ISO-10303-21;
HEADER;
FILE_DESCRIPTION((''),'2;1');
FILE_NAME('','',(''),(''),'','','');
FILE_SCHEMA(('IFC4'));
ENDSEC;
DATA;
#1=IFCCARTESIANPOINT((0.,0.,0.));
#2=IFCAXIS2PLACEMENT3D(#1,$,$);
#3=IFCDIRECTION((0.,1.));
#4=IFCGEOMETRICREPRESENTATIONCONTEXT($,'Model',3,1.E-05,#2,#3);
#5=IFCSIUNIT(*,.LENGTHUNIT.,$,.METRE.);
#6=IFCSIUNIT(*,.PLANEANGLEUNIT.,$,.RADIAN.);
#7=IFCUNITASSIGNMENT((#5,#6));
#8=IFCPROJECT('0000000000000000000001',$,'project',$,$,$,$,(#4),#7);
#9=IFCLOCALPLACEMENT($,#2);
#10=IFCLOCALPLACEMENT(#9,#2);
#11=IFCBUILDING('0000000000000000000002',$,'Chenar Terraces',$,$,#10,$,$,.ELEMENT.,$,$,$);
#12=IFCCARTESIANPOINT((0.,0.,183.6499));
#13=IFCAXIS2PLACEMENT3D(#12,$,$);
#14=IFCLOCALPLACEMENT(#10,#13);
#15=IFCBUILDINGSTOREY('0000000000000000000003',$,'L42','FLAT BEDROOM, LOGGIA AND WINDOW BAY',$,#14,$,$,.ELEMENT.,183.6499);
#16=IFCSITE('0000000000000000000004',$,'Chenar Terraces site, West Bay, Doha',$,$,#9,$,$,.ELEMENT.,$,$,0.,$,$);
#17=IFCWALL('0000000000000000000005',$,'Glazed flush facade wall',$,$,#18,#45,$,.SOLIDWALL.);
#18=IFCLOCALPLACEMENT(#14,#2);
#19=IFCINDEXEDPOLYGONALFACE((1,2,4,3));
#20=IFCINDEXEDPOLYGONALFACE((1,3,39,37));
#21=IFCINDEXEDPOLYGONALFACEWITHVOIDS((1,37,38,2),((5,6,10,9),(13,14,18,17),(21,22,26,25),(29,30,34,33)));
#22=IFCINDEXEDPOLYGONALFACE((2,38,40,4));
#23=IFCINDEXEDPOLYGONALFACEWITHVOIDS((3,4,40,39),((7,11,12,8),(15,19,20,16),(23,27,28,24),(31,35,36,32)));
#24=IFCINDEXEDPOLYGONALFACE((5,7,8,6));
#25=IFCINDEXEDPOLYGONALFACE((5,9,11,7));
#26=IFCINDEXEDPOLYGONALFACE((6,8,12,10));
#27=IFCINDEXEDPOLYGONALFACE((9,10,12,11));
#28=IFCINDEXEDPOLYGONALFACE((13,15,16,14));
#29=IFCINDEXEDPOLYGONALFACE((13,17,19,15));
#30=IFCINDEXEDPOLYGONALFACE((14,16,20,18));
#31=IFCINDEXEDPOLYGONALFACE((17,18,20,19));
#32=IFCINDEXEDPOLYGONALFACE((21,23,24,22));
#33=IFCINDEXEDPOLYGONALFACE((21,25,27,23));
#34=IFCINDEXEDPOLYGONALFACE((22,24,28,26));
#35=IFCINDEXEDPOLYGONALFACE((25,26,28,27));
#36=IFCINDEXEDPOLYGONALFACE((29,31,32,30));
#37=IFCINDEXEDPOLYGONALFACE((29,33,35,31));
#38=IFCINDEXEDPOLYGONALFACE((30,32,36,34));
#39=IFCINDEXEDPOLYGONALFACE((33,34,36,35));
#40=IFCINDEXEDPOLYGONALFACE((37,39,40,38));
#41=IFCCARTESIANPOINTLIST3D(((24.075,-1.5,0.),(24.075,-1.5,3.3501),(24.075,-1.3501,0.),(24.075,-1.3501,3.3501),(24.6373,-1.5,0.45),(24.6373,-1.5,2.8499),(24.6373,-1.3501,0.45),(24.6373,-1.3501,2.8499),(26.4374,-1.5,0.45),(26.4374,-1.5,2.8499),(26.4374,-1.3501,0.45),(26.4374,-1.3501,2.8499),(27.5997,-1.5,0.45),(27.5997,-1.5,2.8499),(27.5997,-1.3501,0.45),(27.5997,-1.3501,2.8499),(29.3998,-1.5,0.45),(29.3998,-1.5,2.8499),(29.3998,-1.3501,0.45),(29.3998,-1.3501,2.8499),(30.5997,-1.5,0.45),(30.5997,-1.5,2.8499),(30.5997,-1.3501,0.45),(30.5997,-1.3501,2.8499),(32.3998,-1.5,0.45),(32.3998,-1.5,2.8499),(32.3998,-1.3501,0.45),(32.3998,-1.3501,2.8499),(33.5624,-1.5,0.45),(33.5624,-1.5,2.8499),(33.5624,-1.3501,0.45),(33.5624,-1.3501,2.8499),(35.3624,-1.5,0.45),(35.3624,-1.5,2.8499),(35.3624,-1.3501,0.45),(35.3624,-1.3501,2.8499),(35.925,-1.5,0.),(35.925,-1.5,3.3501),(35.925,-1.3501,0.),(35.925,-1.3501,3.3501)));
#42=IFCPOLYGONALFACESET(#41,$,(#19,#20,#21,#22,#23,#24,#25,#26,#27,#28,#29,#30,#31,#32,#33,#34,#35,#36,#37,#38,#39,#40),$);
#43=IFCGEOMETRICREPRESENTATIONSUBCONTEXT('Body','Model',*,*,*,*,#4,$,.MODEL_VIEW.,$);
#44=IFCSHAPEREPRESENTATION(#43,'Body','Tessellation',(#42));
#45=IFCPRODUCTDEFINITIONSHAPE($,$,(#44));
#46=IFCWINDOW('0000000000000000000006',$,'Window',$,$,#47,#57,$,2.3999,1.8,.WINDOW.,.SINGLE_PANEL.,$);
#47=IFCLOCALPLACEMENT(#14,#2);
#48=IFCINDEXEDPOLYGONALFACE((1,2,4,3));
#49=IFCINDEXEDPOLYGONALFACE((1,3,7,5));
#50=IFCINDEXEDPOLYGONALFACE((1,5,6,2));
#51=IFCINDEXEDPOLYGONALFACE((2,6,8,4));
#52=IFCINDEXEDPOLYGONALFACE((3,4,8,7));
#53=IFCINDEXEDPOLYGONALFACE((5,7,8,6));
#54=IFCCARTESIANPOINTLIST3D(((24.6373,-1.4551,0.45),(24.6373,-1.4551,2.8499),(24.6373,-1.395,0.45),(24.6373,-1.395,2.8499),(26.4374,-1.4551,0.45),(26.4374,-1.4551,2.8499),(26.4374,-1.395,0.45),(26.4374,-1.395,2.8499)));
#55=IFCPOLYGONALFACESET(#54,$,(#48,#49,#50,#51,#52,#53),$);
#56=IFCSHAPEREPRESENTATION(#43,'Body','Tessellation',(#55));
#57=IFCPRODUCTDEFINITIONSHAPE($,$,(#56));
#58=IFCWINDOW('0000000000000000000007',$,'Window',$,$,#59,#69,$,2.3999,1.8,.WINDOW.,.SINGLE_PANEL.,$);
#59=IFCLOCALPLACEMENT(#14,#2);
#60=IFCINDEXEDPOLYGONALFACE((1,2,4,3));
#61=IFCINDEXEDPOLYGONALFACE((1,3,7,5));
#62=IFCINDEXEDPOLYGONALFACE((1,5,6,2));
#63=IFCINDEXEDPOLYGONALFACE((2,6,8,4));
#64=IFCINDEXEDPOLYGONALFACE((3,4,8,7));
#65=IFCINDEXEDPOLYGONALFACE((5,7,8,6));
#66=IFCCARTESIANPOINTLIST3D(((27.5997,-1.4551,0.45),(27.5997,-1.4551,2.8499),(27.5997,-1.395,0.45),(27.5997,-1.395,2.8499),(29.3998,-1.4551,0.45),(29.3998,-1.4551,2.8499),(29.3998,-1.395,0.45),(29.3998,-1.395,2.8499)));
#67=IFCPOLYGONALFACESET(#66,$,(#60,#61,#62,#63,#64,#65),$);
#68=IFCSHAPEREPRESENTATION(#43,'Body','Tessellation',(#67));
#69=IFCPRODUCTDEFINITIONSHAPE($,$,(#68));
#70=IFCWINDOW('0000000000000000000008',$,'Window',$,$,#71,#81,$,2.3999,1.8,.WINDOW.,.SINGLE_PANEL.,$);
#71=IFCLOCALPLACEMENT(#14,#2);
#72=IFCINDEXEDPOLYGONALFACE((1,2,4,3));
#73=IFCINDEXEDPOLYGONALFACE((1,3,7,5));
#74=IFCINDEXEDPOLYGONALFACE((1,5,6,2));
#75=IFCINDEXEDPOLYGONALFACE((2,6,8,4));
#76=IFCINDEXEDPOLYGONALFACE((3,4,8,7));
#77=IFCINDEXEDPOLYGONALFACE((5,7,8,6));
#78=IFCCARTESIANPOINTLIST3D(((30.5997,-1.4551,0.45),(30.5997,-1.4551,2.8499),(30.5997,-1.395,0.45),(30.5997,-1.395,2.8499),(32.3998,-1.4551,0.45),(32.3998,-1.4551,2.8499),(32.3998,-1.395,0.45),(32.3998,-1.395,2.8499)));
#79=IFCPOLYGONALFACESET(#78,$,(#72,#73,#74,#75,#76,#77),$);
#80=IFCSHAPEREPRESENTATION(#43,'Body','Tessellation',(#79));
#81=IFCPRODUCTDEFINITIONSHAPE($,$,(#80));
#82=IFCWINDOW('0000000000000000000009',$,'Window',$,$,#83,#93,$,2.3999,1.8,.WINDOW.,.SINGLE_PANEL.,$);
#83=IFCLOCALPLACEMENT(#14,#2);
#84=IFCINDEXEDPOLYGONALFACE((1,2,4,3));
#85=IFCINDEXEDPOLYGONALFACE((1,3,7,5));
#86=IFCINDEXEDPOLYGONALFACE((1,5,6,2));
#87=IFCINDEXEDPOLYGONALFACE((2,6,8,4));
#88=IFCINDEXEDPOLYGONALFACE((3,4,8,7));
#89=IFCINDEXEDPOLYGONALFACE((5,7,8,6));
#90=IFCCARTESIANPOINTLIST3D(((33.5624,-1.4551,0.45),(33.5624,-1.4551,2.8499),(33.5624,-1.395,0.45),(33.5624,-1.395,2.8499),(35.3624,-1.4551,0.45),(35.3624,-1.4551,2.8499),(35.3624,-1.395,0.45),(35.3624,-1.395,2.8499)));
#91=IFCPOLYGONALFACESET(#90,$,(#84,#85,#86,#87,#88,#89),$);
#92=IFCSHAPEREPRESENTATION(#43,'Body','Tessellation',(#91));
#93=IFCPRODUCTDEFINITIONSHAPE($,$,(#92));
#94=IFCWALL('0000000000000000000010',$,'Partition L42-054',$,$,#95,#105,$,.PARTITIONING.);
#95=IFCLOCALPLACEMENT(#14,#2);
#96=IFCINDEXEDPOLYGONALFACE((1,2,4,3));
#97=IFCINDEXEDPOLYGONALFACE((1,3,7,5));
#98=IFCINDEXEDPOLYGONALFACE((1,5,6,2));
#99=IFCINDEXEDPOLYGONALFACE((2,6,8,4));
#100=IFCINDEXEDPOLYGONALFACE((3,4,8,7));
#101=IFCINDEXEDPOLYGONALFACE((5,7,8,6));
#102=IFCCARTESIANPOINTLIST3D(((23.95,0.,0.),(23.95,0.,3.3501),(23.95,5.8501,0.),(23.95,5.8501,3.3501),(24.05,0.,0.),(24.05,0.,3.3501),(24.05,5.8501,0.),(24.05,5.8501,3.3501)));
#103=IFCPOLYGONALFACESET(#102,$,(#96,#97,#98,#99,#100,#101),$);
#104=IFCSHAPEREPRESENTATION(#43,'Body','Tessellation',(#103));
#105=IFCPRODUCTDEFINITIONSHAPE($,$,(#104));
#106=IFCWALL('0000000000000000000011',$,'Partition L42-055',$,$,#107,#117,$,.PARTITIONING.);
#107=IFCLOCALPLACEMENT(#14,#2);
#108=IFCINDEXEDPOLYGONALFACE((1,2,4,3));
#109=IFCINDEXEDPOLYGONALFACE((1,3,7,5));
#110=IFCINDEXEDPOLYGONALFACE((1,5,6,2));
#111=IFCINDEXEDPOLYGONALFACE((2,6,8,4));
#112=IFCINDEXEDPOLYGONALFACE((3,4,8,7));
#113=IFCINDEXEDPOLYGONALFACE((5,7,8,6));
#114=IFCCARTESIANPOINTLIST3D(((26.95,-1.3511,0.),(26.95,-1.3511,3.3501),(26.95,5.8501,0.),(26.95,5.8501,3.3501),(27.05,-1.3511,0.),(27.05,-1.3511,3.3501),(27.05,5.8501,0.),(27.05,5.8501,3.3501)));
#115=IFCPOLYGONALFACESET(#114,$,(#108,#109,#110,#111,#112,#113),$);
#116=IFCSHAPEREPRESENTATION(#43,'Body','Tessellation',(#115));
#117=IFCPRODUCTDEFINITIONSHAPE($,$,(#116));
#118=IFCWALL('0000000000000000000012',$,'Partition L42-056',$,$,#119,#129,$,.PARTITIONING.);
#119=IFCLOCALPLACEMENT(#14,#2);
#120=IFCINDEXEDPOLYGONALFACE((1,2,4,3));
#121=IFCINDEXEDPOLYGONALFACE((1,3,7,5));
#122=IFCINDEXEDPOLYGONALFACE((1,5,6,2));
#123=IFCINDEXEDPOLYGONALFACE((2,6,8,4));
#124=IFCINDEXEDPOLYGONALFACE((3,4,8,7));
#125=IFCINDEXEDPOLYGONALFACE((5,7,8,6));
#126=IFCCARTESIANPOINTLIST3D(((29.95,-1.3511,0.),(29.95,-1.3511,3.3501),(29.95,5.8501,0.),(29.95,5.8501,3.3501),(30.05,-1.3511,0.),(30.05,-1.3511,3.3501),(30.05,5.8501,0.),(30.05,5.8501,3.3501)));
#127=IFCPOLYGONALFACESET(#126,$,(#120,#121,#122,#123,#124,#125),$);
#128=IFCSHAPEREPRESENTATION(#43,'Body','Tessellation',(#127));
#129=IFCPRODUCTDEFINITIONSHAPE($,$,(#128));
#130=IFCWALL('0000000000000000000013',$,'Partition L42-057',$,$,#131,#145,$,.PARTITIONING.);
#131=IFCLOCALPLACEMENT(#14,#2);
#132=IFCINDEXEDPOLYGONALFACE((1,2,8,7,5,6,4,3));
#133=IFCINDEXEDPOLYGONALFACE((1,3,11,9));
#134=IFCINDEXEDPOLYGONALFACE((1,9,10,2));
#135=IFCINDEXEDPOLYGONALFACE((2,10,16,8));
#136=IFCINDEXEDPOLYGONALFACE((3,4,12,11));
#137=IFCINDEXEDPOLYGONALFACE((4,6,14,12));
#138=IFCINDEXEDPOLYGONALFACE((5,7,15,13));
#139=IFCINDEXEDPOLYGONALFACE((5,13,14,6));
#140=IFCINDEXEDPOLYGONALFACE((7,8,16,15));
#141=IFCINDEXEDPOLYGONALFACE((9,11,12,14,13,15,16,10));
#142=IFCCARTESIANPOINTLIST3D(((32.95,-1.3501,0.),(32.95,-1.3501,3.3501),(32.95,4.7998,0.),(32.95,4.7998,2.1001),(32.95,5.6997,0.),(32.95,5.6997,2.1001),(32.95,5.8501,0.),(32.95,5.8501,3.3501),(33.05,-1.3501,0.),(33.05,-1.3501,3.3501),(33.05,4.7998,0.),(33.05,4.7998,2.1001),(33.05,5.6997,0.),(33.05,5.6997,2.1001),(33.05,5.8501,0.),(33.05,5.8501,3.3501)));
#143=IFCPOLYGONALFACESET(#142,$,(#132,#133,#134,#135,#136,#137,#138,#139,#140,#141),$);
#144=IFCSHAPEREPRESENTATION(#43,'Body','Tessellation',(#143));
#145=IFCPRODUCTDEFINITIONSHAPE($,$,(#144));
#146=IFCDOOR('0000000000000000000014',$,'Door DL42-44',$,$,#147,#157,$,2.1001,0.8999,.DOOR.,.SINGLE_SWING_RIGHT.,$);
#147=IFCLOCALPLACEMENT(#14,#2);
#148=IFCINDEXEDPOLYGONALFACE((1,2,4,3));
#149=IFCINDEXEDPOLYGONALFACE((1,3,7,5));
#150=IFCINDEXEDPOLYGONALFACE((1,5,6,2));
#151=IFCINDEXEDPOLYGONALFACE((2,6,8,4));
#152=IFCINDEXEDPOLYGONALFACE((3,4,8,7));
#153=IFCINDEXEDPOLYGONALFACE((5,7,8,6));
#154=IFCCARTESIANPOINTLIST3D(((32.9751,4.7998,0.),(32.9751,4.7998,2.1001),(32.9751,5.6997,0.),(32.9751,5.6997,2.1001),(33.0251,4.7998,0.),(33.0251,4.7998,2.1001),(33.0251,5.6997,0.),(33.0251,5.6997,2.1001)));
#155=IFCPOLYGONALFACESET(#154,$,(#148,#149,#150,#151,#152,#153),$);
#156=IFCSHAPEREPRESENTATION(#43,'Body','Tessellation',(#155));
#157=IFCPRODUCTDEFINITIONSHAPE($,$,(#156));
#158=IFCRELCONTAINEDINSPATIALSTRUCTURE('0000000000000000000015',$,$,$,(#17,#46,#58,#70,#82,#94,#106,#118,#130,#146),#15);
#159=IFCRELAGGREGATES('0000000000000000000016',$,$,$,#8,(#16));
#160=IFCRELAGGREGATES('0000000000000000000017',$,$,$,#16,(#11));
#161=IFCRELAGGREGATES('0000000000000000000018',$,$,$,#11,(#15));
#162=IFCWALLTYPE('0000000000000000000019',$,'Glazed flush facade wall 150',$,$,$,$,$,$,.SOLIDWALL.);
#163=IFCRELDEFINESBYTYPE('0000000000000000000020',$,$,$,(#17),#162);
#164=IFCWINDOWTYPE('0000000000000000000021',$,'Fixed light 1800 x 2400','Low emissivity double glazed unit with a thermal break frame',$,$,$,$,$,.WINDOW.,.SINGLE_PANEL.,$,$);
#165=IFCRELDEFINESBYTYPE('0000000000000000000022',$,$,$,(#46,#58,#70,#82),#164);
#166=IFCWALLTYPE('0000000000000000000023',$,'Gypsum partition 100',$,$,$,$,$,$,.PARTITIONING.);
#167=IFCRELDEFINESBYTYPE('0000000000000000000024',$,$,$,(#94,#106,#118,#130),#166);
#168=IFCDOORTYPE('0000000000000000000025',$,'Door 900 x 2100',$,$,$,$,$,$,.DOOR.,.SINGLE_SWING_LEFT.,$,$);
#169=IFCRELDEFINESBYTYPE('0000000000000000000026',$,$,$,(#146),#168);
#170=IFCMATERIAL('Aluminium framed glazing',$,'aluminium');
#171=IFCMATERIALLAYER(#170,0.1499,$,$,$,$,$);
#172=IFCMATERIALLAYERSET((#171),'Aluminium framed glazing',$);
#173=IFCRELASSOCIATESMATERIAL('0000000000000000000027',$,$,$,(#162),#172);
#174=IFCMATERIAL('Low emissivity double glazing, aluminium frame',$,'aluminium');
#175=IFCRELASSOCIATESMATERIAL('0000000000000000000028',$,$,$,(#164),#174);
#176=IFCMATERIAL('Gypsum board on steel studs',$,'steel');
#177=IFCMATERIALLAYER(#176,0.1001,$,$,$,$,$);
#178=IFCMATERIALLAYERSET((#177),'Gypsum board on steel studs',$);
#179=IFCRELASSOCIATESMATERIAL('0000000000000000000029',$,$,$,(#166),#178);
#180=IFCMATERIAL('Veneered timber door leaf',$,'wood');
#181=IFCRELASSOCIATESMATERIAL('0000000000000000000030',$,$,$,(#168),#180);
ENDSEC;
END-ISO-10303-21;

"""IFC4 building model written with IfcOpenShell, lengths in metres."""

from ifc_helpers import new_model, si_unit, direction, frame, frame_2d, origin, place, context, subcontext, project, spatial, rectangle, extrude, material, layer, layer_set, type_object, element, fill, save


model = new_model("IFC4")

# Units and contexts
model_context = context("Model", 3, precision=1e-05, world=origin(), true_north=direction((0.0, 1.0)))
body_context = subcontext(model_context, "Body", "Model", "MODEL_VIEW")
ifc_project = project(units=[si_unit("LENGTHUNIT", "METRE"), si_unit("PLANEANGLEUNIT", "RADIAN")], contexts=[model_context])

# Site, building, storey
site_placement = place(None, origin())
site = spatial("IfcSite", under=ifc_project, at=site_placement, Name="Chenar Terraces site, West Bay, Doha", CompositionType="ELEMENT", RefElevation=0.0)
building_placement = place(site_placement, origin())
building = spatial("IfcBuilding", under=site, at=building_placement, Name="Chenar Terraces", CompositionType="ELEMENT")
storey_placement = place(building_placement, frame((0.0, 0.0, 183.6499)))
storey = spatial("IfcBuildingStorey", under=building, at=storey_placement, Name="L42", Description="FLAT BEDROOM, LOGGIA AND WINDOW BAY", CompositionType="ELEMENT", Elevation=183.6499)

# Wall, openings, windows
ifc_material_1 = material(Name="Aluminium framed glazing", Category="aluminium")
ifc_layer_1 = layer(ifc_material_1, 0.1499)
ifc_layer_set_1 = layer_set([ifc_layer_1], Name="Aluminium framed glazing")
wall_type_1 = type_object("IfcWallType", Name="Glazed flush facade wall 150", PredefinedType="SOLIDWALL", material=ifc_layer_set_1)
wall_1_placement = place(storey_placement, frame((24.075, -1.425, 0.0), z_axis=(0.0, 0.0, 1.0), x_axis=(1.0, 0.0, 0.0)))
wall_1 = element("IfcWall", 1, at=wall_1_placement, inside=storey, type_object=wall_type_1, Name="Glazed flush facade wall", PredefinedType="SOLIDWALL", context=body_context, shape_type="SweptSolid", body=[
    extrude(rectangle(XDim=11.8501, YDim=0.1499, at=frame_2d((5.925, 0.0))), origin(), (0.0, 0.0, 1.0), 3.3501),
])
opening_1_placement = place(wall_1_placement, frame((0.5625, 0.0, 0.45)))
opening_1 = element("IfcOpeningElement", 2, at=opening_1_placement, cuts=wall_1, PredefinedType="OPENING", context=body_context, shape_type="SweptSolid", body=[
    extrude(rectangle(XDim=1.8, YDim=2.3999, at=frame_2d((0.8999, 1.2))), frame((0.0, 0.085, 0.0), z_axis=(0.0, -1.0, 0.0), x_axis=(1.0, 0.0, 0.0)), (0.0, 0.0, 1.0), 0.1699),
])
opening_2_placement = place(wall_1_placement, frame((3.5249, 0.0, 0.45)))
opening_2 = element("IfcOpeningElement", 3, at=opening_2_placement, cuts=wall_1, PredefinedType="OPENING", context=body_context, shape_type="SweptSolid", body=[
    extrude(rectangle(XDim=1.8, YDim=2.3999, at=frame_2d((0.8999, 1.2))), frame((0.0, 0.085, 0.0), z_axis=(0.0, -1.0, 0.0), x_axis=(1.0, 0.0, 0.0)), (0.0, 0.0, 1.0), 0.1699),
])
opening_3_placement = place(wall_1_placement, frame((6.5249, 0.0, 0.45)))
opening_3 = element("IfcOpeningElement", 4, at=opening_3_placement, cuts=wall_1, PredefinedType="OPENING", context=body_context, shape_type="SweptSolid", body=[
    extrude(rectangle(XDim=1.8, YDim=2.3999, at=frame_2d((0.8999, 1.2))), frame((0.0, 0.085, 0.0), z_axis=(0.0, -1.0, 0.0), x_axis=(1.0, 0.0, 0.0)), (0.0, 0.0, 1.0), 0.1699),
])
opening_4_placement = place(wall_1_placement, frame((9.4875, 0.0, 0.45)))
opening_4 = element("IfcOpeningElement", 5, at=opening_4_placement, cuts=wall_1, PredefinedType="OPENING", context=body_context, shape_type="SweptSolid", body=[
    extrude(rectangle(XDim=1.8, YDim=2.3999, at=frame_2d((0.8999, 1.2))), frame((0.0, 0.085, 0.0), z_axis=(0.0, -1.0, 0.0), x_axis=(1.0, 0.0, 0.0)), (0.0, 0.0, 1.0), 0.1699),
])
ifc_material_2 = material(Name="Low emissivity double glazing, aluminium frame", Category="aluminium")
window_type = type_object("IfcWindowType", Name="Fixed light 1800 x 2400", Description="Low emissivity double glazed unit with a thermal break frame", PartitioningType="SINGLE_PANEL", PredefinedType="WINDOW", material=ifc_material_2)
window_1_placement = place(opening_1_placement, origin())
window_1 = element("IfcWindow", 6, at=window_1_placement, inside=storey, type_object=window_type, Name="Window", OverallHeight=2.3999, OverallWidth=1.8, PartitioningType="SINGLE_PANEL", PredefinedType="WINDOW", context=body_context, shape_type="SweptSolid", body=[
    extrude(rectangle(XDim=1.8, YDim=2.3999, at=frame_2d((0.8999, 1.2))), frame((0.0, 0.03, 0.0), z_axis=(0.0, -1.0, 0.0), x_axis=(1.0, 0.0, 0.0)), (0.0, 0.0, 1.0), 0.0601),
])
fill(opening_1, window_1)
window_2_placement = place(opening_2_placement, origin())
window_2 = element("IfcWindow", 7, at=window_2_placement, inside=storey, type_object=window_type, Name="Window", OverallHeight=2.3999, OverallWidth=1.8, PartitioningType="SINGLE_PANEL", PredefinedType="WINDOW", context=body_context, shape_type="SweptSolid", body=[
    extrude(rectangle(XDim=1.8, YDim=2.3999, at=frame_2d((0.8999, 1.2))), frame((0.0, 0.03, 0.0), z_axis=(0.0, -1.0, 0.0), x_axis=(1.0, 0.0, 0.0)), (0.0, 0.0, 1.0), 0.0601),
])
fill(opening_2, window_2)
window_3_placement = place(opening_3_placement, origin())
window_3 = element("IfcWindow", 8, at=window_3_placement, inside=storey, type_object=window_type, Name="Window", OverallHeight=2.3999, OverallWidth=1.8, PartitioningType="SINGLE_PANEL", PredefinedType="WINDOW", context=body_context, shape_type="SweptSolid", body=[
    extrude(rectangle(XDim=1.8, YDim=2.3999, at=frame_2d((0.8999, 1.2))), frame((0.0, 0.03, 0.0), z_axis=(0.0, -1.0, 0.0), x_axis=(1.0, 0.0, 0.0)), (0.0, 0.0, 1.0), 0.0601),
])
fill(opening_3, window_3)
window_4_placement = place(opening_4_placement, origin())
window_4 = element("IfcWindow", 9, at=window_4_placement, inside=storey, type_object=window_type, Name="Window", OverallHeight=2.3999, OverallWidth=1.8, PartitioningType="SINGLE_PANEL", PredefinedType="WINDOW", context=body_context, shape_type="SweptSolid", body=[
    extrude(rectangle(XDim=1.8, YDim=2.3999, at=frame_2d((0.8999, 1.2))), frame((0.0, 0.03, 0.0), z_axis=(0.0, -1.0, 0.0), x_axis=(1.0, 0.0, 0.0)), (0.0, 0.0, 1.0), 0.0601),
])
fill(opening_4, window_4)

# Walls
ifc_material_3 = material(Name="Gypsum board on steel studs", Category="steel")
ifc_layer_2 = layer(ifc_material_3, 0.1001)
ifc_layer_set_2 = layer_set([ifc_layer_2], Name="Gypsum board on steel studs")
wall_type_2 = type_object("IfcWallType", Name="Gypsum partition 100", PredefinedType="PARTITIONING", material=ifc_layer_set_2)
wall_2_placement = place(storey_placement, frame((24.0, 0.0, 0.0), z_axis=(0.0, 0.0, 1.0), x_axis=(0.0, 1.0, 0.0)))
element("IfcWall", 10, at=wall_2_placement, inside=storey, type_object=wall_type_2, Name="Partition L42-054", PredefinedType="PARTITIONING", context=body_context, shape_type="SweptSolid", body=[
    extrude(rectangle(XDim=5.8501, YDim=0.1001, at=frame_2d((2.925, 0.0))), origin(), (0.0, 0.0, 1.0), 3.3501),
])
for number, where, z_axis, x_axis, name in (
    (11, (27.0, -1.3511, 0.0), (0.0, 0.0, 1.0), (0.0, 1.0, 0.0), "Partition L42-055"),
    (12, (30.0, -1.3511, 0.0), (0.0, 0.0, 1.0), (0.0, 1.0, 0.0), "Partition L42-056"),
):
    element("IfcWall", number, at=place(storey_placement, frame(where, z_axis=z_axis, x_axis=x_axis)), inside=storey, type_object=wall_type_2, Name=name, PredefinedType="PARTITIONING", context=body_context, shape_type="SweptSolid", body=[
        extrude(rectangle(XDim=7.2012, YDim=0.1001, at=frame_2d((3.6006, 0.0))), origin(), (0.0, 0.0, 1.0), 3.3501),
    ])

# Wall, opening, door
wall_3_placement = place(storey_placement, frame((33.0, -1.3501, 0.0), z_axis=(0.0, 0.0, 1.0), x_axis=(0.0, 1.0, 0.0)))
wall_3 = element("IfcWall", 13, at=wall_3_placement, inside=storey, type_object=wall_type_2, Name="Partition L42-057", PredefinedType="PARTITIONING", context=body_context, shape_type="SweptSolid", body=[
    extrude(rectangle(XDim=7.2002, YDim=0.1001, at=frame_2d((3.6001, 0.0))), origin(), (0.0, 0.0, 1.0), 3.3501),
])
opening_5_placement = place(wall_3_placement, frame((6.1499, 0.0, 0.0)))
opening_5 = element("IfcOpeningElement", 14, at=opening_5_placement, cuts=wall_3, PredefinedType="OPENING", context=body_context, shape_type="SweptSolid", body=[
    extrude(rectangle(XDim=0.8999, YDim=2.1001, at=frame_2d((0.45, 1.05))), frame((0.0, 0.0601, 0.0), z_axis=(0.0, -1.0, 0.0), x_axis=(1.0, 0.0, 0.0)), (0.0, 0.0, 1.0), 0.1201),
])
ifc_material_4 = material(Name="Veneered timber door leaf", Category="wood")
door_type_1 = type_object("IfcDoorType", Name="Door 900 x 2100", OperationType="SINGLE_SWING_LEFT", PredefinedType="DOOR", material=ifc_material_4)
door_1_placement = place(opening_5_placement, origin())
door_1 = element("IfcDoor", 15, at=door_1_placement, inside=storey, type_object=door_type_1, Name="Door DL42-44", OperationType="SINGLE_SWING_RIGHT", OverallHeight=2.1001, OverallWidth=0.8999, PredefinedType="DOOR", context=body_context, shape_type="SweptSolid", body=[
    extrude(rectangle(XDim=0.8999, YDim=2.1001, at=frame_2d((0.45, 1.05))), frame((0.0, 0.0249, 0.0), z_axis=(0.0, -1.0, 0.0), x_axis=(1.0, 0.0, 0.0)), (0.0, 0.0, 1.0), 0.05),
])
fill(opening_5, door_1)

save(model, "model.ifc")
